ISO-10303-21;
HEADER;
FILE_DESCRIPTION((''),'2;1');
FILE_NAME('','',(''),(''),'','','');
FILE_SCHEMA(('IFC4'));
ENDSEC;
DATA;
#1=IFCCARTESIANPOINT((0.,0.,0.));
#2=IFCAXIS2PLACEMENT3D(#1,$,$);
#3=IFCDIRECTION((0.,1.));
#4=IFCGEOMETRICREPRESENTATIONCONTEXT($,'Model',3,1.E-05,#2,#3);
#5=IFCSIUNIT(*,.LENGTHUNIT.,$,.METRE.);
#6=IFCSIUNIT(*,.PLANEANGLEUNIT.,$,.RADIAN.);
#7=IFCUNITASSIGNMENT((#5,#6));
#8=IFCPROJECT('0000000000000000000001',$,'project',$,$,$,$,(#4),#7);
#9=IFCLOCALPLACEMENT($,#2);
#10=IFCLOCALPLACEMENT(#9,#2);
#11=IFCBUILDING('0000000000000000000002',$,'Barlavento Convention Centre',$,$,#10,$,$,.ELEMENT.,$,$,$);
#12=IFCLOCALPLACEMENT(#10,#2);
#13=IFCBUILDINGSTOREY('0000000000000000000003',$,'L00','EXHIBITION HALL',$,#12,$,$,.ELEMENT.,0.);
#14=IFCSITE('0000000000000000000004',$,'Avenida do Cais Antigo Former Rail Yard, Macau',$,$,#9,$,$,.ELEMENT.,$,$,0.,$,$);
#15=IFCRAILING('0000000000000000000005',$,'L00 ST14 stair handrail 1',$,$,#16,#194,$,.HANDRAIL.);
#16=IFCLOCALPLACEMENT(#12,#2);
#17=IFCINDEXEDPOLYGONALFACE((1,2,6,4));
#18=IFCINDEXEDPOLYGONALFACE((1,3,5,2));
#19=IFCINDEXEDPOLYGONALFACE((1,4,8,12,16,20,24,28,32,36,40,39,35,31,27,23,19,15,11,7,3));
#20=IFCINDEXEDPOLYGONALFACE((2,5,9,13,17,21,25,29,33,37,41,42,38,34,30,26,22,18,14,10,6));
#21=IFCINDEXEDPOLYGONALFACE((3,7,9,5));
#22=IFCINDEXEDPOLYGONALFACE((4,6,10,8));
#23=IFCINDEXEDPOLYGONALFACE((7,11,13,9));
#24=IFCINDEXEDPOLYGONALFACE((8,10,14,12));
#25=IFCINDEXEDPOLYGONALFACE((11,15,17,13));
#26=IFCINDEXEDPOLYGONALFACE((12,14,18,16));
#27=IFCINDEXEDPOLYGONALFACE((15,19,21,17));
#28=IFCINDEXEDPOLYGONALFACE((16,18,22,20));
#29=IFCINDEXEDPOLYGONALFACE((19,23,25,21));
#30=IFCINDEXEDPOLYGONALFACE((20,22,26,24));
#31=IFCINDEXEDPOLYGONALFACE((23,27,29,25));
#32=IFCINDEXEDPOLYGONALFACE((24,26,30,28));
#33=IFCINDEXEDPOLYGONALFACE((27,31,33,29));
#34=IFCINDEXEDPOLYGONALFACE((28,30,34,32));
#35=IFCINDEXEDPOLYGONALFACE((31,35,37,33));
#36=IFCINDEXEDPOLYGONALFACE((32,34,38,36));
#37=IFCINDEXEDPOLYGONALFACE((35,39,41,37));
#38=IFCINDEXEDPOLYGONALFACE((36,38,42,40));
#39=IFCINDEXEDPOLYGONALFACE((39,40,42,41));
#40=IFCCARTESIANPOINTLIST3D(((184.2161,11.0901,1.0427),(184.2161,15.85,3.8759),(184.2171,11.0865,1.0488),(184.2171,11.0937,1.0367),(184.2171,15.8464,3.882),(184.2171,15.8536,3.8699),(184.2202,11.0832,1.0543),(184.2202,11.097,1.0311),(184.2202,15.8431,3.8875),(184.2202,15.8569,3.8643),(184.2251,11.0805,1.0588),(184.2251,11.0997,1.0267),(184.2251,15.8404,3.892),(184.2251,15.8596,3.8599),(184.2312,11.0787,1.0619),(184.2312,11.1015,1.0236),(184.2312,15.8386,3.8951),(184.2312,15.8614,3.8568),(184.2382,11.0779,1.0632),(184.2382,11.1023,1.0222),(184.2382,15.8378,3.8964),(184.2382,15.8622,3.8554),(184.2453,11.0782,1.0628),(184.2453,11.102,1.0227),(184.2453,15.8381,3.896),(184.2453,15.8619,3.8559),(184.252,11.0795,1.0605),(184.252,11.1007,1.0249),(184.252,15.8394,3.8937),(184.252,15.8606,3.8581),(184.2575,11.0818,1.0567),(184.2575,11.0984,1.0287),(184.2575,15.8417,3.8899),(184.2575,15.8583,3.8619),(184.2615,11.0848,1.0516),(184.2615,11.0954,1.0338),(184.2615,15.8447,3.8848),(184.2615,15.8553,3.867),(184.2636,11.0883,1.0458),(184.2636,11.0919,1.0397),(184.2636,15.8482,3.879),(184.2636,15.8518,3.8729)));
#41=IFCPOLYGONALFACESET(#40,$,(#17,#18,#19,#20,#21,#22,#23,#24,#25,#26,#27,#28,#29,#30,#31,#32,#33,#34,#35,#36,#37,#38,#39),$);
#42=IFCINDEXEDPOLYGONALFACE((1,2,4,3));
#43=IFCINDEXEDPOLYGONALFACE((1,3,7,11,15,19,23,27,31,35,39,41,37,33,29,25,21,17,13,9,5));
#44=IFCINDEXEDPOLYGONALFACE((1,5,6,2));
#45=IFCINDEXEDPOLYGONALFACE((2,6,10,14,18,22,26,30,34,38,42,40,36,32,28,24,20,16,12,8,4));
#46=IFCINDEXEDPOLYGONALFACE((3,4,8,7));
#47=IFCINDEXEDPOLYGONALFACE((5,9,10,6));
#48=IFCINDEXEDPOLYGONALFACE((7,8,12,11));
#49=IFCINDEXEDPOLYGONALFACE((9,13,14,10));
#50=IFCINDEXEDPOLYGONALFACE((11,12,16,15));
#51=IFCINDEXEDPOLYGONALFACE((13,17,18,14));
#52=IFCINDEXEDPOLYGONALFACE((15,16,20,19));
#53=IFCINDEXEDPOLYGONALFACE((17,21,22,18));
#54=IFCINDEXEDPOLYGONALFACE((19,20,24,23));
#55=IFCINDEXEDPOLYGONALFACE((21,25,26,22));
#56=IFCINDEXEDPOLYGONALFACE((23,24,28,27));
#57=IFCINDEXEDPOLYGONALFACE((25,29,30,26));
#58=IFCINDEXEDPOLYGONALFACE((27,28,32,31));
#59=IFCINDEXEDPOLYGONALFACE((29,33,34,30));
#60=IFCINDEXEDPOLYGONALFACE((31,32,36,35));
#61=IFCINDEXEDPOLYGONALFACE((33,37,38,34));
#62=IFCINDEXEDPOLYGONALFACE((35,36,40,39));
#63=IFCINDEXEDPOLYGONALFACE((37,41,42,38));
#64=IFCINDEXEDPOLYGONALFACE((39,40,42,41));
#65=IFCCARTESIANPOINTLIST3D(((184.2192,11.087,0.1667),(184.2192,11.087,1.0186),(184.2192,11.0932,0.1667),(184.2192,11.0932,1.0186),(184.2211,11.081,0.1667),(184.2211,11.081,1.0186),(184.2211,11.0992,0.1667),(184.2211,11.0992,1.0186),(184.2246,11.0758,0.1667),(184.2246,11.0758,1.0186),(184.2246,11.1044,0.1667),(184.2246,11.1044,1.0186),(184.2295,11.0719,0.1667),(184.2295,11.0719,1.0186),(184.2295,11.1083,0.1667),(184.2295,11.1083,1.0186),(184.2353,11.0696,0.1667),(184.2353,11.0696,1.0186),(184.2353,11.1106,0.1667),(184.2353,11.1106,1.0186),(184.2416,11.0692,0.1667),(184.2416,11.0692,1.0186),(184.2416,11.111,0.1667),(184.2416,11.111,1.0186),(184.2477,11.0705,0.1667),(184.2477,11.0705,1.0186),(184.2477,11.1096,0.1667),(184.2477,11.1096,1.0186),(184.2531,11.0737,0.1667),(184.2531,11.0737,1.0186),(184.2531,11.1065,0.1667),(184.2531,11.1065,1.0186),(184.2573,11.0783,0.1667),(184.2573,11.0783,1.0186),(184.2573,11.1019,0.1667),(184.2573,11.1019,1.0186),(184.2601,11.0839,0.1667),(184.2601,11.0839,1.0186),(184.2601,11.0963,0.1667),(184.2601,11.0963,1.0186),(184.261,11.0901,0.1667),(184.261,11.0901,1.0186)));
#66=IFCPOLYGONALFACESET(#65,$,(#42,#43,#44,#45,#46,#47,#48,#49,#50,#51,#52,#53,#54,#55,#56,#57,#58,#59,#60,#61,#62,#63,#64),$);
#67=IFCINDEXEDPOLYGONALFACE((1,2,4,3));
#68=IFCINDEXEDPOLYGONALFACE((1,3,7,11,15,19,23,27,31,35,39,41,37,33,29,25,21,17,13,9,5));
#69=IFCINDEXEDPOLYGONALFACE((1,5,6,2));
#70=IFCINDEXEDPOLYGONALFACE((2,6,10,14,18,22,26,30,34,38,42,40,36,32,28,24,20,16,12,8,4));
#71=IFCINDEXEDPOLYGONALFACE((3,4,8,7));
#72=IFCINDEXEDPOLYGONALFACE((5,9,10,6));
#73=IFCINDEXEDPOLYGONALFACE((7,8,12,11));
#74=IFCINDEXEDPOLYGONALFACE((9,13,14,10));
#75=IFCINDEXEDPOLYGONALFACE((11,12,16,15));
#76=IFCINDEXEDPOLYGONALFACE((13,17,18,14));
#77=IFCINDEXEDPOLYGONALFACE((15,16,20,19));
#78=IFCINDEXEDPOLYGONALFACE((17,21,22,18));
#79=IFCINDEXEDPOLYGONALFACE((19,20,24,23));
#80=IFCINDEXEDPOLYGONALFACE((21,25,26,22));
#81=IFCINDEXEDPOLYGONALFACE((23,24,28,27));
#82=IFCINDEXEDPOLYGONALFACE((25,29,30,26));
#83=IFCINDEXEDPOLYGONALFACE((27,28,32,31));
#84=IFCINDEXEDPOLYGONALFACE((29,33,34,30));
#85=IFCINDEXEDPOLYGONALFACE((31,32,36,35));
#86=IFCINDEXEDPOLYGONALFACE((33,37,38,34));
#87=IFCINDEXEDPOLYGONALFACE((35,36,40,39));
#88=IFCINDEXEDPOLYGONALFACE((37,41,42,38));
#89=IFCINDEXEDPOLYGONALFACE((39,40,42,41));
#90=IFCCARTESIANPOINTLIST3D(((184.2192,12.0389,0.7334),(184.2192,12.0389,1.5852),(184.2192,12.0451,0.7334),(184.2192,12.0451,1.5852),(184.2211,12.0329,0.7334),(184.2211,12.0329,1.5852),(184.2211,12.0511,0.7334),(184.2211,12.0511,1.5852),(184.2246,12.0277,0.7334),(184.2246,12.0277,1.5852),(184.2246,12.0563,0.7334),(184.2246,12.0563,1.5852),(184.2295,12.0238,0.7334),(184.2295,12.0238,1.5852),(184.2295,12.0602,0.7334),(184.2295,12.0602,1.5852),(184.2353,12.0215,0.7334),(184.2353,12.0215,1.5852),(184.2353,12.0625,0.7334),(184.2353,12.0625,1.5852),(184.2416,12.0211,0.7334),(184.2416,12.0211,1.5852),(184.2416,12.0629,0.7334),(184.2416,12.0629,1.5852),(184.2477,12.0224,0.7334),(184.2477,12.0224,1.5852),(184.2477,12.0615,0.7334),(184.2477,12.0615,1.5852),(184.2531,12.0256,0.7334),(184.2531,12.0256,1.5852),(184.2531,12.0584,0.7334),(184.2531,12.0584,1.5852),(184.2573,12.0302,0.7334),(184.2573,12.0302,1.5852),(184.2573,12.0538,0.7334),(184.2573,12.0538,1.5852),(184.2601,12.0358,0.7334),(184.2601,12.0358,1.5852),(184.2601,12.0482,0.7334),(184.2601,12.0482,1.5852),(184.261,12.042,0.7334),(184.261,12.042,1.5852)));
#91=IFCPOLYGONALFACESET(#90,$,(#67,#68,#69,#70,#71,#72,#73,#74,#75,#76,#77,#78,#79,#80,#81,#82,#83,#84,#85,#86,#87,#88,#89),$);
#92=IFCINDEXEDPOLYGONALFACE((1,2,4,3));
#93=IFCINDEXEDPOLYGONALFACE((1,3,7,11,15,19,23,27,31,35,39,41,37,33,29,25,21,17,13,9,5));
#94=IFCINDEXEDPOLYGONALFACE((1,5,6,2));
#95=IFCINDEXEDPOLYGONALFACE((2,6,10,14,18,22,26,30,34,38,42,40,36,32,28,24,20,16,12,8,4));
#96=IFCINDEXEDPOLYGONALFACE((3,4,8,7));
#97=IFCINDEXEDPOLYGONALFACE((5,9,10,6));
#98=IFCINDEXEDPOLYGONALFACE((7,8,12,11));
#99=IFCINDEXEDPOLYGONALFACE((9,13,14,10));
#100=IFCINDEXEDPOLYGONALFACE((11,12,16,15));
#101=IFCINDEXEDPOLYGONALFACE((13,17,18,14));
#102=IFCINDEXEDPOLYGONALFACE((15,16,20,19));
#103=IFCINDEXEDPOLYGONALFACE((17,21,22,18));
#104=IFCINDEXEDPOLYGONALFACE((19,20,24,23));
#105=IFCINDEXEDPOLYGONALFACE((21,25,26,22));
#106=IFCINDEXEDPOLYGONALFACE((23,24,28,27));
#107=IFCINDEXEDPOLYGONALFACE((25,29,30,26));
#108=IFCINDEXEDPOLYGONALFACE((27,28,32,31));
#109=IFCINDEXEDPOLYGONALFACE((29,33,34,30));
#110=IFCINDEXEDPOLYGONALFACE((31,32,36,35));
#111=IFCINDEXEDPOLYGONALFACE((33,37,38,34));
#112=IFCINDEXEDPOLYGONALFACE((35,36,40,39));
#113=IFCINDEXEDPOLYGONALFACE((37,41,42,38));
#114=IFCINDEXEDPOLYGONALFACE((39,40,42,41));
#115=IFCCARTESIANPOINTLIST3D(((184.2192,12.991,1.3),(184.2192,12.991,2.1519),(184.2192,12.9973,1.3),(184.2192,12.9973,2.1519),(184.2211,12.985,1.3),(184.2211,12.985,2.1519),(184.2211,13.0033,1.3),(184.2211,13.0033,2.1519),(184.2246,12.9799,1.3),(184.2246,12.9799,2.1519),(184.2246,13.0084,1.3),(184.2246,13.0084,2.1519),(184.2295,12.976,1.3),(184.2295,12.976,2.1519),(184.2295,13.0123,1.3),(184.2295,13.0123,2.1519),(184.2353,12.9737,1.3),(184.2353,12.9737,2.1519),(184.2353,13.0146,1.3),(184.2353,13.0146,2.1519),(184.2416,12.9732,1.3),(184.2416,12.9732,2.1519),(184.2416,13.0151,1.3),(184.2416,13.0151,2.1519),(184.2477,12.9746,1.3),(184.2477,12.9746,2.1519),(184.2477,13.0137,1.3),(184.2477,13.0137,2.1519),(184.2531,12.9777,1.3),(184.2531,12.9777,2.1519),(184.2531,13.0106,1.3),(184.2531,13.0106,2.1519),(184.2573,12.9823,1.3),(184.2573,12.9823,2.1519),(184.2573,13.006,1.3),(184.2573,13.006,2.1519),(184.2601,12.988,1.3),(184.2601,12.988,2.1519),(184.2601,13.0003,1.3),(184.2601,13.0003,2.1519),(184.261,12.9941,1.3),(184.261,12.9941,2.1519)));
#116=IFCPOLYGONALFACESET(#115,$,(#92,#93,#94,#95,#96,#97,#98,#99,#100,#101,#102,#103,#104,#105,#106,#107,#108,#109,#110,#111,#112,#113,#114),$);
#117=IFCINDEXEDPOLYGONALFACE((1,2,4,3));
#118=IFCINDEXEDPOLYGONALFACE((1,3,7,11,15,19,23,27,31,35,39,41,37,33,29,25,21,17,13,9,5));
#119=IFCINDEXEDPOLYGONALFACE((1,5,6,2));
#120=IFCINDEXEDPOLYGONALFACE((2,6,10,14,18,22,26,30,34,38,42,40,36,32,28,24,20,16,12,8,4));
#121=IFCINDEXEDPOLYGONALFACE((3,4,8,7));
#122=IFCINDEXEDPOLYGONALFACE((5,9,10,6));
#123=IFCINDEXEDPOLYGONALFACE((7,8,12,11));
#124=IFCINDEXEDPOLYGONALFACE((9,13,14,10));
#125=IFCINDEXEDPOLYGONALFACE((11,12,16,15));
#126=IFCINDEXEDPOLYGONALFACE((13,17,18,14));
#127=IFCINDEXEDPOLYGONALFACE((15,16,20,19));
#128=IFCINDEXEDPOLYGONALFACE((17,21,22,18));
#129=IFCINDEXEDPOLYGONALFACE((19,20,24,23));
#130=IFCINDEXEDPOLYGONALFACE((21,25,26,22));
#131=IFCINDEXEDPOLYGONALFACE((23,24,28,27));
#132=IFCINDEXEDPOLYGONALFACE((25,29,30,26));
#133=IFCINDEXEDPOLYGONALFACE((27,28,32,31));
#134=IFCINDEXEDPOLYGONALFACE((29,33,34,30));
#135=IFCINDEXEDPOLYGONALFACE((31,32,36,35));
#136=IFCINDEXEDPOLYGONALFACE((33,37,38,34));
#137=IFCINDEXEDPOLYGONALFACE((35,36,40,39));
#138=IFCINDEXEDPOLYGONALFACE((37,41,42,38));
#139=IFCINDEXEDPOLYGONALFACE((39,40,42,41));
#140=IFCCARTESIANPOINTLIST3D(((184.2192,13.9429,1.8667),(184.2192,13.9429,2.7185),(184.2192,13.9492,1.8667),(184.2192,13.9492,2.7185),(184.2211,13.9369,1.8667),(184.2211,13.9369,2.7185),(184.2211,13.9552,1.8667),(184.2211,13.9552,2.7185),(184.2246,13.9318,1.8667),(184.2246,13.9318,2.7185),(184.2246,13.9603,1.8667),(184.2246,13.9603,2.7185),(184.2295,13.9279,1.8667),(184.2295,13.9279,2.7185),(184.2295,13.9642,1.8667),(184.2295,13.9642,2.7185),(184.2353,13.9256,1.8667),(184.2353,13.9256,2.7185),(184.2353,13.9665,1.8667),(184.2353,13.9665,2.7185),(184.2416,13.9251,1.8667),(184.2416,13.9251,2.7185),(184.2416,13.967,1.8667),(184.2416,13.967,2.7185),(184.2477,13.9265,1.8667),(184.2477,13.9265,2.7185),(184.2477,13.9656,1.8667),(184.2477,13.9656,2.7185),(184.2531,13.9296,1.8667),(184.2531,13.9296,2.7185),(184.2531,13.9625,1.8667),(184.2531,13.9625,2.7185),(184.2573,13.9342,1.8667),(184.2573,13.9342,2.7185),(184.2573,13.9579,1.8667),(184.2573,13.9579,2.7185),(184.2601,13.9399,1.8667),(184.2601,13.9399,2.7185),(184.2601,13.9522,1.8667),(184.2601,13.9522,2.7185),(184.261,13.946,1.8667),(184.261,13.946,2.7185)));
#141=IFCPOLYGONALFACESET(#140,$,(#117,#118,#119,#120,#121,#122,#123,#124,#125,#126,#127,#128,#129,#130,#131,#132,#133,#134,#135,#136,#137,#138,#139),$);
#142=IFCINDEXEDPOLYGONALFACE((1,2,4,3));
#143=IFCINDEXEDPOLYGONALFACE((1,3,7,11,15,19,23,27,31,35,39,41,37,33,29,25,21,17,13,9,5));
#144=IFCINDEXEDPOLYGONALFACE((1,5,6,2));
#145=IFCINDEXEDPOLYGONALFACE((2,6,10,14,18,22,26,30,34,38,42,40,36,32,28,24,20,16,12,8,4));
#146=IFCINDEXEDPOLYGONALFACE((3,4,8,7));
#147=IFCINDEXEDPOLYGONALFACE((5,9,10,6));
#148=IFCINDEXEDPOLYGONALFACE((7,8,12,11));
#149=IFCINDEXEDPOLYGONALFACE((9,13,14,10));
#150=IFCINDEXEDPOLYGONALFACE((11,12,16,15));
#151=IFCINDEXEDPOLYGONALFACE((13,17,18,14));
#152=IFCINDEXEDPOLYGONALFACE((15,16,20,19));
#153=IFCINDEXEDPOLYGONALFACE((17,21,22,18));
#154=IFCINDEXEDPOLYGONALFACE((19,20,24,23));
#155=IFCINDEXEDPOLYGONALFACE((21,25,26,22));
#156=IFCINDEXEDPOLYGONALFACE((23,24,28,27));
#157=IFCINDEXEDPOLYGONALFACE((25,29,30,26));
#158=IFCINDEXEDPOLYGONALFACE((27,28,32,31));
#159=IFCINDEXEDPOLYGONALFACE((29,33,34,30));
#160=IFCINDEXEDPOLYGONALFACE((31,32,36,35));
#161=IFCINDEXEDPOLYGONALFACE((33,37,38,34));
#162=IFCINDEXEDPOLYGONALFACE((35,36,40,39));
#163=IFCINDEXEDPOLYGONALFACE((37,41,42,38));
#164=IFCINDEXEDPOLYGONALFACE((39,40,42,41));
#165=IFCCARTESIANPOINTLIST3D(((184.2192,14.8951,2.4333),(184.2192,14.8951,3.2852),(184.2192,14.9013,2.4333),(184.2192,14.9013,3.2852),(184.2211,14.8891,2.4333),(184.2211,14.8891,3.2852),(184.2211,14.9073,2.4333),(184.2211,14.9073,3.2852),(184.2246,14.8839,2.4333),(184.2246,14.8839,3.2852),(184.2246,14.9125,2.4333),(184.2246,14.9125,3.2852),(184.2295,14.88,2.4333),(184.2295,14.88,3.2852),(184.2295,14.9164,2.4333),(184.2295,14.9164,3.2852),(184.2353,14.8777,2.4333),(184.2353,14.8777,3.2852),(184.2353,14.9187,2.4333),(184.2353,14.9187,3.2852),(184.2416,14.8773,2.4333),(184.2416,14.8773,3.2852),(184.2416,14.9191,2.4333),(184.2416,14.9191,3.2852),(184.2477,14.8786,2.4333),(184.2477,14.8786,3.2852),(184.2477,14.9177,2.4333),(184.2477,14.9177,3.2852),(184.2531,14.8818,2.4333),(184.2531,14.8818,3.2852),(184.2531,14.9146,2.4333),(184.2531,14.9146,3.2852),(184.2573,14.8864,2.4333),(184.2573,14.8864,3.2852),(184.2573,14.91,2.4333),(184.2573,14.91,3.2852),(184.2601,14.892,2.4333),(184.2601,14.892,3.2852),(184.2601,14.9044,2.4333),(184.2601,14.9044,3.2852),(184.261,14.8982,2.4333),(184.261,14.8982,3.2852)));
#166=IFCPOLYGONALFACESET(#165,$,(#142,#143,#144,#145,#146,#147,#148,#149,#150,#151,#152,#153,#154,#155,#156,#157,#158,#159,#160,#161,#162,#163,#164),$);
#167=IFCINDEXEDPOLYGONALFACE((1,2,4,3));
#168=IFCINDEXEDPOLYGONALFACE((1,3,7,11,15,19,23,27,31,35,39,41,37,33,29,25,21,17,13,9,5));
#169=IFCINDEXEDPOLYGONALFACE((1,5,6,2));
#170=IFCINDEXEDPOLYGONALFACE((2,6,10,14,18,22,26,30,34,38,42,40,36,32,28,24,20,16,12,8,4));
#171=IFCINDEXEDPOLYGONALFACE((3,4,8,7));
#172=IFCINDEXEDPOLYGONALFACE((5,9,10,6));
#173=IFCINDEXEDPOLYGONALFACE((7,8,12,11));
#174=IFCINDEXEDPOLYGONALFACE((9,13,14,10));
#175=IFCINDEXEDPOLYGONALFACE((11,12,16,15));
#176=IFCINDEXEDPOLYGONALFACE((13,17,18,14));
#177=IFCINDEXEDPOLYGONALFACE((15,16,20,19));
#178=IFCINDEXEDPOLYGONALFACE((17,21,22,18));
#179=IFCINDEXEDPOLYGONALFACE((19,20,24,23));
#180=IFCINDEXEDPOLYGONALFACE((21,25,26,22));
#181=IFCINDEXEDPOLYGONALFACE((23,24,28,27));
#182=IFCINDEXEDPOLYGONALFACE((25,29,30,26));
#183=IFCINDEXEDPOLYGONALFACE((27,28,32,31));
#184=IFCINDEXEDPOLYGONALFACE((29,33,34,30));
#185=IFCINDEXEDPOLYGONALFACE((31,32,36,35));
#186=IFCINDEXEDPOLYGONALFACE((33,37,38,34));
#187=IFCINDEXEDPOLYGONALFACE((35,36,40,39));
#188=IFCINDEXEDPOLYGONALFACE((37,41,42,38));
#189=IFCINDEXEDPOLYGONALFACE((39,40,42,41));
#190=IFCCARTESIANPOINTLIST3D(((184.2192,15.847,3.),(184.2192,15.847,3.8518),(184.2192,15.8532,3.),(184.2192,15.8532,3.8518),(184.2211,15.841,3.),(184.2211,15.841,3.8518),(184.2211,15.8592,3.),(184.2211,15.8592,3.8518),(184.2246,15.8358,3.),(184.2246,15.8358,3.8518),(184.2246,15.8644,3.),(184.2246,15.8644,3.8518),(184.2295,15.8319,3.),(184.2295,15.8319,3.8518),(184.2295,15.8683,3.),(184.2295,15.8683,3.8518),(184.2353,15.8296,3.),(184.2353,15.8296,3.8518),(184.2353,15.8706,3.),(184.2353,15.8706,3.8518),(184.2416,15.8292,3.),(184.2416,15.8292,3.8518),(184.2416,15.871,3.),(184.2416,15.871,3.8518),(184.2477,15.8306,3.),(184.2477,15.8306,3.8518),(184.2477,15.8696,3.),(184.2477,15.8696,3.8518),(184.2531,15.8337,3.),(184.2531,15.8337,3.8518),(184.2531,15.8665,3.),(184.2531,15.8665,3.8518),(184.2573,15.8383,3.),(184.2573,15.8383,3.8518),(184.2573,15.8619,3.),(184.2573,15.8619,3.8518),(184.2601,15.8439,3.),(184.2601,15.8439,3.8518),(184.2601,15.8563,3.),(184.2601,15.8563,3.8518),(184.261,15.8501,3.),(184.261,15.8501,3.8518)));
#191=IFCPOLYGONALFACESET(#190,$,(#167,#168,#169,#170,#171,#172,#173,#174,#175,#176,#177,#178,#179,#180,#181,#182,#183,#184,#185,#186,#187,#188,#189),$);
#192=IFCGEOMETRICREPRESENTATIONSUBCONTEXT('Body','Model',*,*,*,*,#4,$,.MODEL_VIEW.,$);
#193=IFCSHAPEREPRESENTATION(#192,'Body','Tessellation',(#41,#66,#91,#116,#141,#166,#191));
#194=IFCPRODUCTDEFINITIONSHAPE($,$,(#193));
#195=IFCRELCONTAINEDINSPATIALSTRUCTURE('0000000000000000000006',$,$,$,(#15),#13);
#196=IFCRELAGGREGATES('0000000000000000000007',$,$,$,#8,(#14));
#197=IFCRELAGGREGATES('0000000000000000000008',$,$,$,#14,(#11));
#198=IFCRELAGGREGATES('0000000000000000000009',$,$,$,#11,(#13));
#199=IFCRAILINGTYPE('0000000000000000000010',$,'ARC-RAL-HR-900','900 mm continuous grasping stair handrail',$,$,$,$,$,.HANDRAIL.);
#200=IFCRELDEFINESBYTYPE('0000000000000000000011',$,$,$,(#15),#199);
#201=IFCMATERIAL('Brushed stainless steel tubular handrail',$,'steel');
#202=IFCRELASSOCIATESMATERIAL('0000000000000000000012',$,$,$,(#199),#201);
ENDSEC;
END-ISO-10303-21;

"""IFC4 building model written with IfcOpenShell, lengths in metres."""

from ifc_helpers import new_model, si_unit, direction, frame, origin, origin_2d, place, context, subcontext, project, spatial, circle, extrude, material, type_object, element, save


model = new_model("IFC4")

# Units and contexts
model_context = context("Model", 3, precision=1e-05, world=origin(), true_north=direction((0.0, 1.0)))
body_context = subcontext(model_context, "Body", "Model", "MODEL_VIEW")
ifc_project = project(units=[si_unit("LENGTHUNIT", "METRE"), si_unit("PLANEANGLEUNIT", "RADIAN")], contexts=[model_context])

# Site, building, storey
site_placement = place(None, origin())
site = spatial("IfcSite", under=ifc_project, at=site_placement, Name="Avenida do Cais Antigo Former Rail Yard, Macau", CompositionType="ELEMENT", RefElevation=0.0)
building_placement = place(site_placement, origin())
building = spatial("IfcBuilding", under=site, at=building_placement, Name="Barlavento Convention Centre", CompositionType="ELEMENT")
storey_placement = place(building_placement, origin())
storey = spatial("IfcBuildingStorey", under=building, at=storey_placement, Name="L00", Description="EXHIBITION HALL", CompositionType="ELEMENT", Elevation=0.0)

# Railing
ifc_material_1 = material(Name="Brushed stainless steel tubular handrail", Category="steel")
railing_type_1 = type_object("IfcRailingType", Name="ARC-RAL-HR-900", Description="900 mm continuous grasping stair handrail", PredefinedType="HANDRAIL", material=ifc_material_1)
railing_1_placement = place(storey_placement, frame((184.24, 11.0901, 0.1667)))
element("IfcRailing", 1, at=railing_1_placement, inside=storey, type_object=railing_type_1, Name="L00 ST14 stair handrail 1", PredefinedType="HANDRAIL", context=body_context, shape_type="SweptSolid", body=[
    extrude(circle(Radius=0.0239, at=origin_2d()), frame((0.0, 0.0, 0.876), z_axis=(0.0, 0.8593, 0.511472), x_axis=(-1.0, 0.0, 0.0)), (0.0, 0.0, 1.0), 5.5393),
    extrude(circle(Radius=0.021, at=origin_2d()), origin(), (0.0, 0.0, 1.0), 0.8518),
    extrude(circle(Radius=0.021, at=origin_2d()), frame((0.0, 0.9519, 0.5667)), (0.0, 0.0, 1.0), 0.8518),
    extrude(circle(Radius=0.021, at=origin_2d()), frame((0.0, 1.9041, 1.1333)), (0.0, 0.0, 1.0), 0.8518),
    extrude(circle(Radius=0.021, at=origin_2d()), frame((0.0, 2.856, 1.7)), (0.0, 0.0, 1.0), 0.8518),
    extrude(circle(Radius=0.021, at=origin_2d()), frame((0.0, 3.8081, 2.2666)), (0.0, 0.0, 1.0), 0.8518),
    extrude(circle(Radius=0.021, at=origin_2d()), frame((0.0, 4.76, 2.8333)), (0.0, 0.0, 1.0), 0.8518),
])

save(model, "model.ifc")
